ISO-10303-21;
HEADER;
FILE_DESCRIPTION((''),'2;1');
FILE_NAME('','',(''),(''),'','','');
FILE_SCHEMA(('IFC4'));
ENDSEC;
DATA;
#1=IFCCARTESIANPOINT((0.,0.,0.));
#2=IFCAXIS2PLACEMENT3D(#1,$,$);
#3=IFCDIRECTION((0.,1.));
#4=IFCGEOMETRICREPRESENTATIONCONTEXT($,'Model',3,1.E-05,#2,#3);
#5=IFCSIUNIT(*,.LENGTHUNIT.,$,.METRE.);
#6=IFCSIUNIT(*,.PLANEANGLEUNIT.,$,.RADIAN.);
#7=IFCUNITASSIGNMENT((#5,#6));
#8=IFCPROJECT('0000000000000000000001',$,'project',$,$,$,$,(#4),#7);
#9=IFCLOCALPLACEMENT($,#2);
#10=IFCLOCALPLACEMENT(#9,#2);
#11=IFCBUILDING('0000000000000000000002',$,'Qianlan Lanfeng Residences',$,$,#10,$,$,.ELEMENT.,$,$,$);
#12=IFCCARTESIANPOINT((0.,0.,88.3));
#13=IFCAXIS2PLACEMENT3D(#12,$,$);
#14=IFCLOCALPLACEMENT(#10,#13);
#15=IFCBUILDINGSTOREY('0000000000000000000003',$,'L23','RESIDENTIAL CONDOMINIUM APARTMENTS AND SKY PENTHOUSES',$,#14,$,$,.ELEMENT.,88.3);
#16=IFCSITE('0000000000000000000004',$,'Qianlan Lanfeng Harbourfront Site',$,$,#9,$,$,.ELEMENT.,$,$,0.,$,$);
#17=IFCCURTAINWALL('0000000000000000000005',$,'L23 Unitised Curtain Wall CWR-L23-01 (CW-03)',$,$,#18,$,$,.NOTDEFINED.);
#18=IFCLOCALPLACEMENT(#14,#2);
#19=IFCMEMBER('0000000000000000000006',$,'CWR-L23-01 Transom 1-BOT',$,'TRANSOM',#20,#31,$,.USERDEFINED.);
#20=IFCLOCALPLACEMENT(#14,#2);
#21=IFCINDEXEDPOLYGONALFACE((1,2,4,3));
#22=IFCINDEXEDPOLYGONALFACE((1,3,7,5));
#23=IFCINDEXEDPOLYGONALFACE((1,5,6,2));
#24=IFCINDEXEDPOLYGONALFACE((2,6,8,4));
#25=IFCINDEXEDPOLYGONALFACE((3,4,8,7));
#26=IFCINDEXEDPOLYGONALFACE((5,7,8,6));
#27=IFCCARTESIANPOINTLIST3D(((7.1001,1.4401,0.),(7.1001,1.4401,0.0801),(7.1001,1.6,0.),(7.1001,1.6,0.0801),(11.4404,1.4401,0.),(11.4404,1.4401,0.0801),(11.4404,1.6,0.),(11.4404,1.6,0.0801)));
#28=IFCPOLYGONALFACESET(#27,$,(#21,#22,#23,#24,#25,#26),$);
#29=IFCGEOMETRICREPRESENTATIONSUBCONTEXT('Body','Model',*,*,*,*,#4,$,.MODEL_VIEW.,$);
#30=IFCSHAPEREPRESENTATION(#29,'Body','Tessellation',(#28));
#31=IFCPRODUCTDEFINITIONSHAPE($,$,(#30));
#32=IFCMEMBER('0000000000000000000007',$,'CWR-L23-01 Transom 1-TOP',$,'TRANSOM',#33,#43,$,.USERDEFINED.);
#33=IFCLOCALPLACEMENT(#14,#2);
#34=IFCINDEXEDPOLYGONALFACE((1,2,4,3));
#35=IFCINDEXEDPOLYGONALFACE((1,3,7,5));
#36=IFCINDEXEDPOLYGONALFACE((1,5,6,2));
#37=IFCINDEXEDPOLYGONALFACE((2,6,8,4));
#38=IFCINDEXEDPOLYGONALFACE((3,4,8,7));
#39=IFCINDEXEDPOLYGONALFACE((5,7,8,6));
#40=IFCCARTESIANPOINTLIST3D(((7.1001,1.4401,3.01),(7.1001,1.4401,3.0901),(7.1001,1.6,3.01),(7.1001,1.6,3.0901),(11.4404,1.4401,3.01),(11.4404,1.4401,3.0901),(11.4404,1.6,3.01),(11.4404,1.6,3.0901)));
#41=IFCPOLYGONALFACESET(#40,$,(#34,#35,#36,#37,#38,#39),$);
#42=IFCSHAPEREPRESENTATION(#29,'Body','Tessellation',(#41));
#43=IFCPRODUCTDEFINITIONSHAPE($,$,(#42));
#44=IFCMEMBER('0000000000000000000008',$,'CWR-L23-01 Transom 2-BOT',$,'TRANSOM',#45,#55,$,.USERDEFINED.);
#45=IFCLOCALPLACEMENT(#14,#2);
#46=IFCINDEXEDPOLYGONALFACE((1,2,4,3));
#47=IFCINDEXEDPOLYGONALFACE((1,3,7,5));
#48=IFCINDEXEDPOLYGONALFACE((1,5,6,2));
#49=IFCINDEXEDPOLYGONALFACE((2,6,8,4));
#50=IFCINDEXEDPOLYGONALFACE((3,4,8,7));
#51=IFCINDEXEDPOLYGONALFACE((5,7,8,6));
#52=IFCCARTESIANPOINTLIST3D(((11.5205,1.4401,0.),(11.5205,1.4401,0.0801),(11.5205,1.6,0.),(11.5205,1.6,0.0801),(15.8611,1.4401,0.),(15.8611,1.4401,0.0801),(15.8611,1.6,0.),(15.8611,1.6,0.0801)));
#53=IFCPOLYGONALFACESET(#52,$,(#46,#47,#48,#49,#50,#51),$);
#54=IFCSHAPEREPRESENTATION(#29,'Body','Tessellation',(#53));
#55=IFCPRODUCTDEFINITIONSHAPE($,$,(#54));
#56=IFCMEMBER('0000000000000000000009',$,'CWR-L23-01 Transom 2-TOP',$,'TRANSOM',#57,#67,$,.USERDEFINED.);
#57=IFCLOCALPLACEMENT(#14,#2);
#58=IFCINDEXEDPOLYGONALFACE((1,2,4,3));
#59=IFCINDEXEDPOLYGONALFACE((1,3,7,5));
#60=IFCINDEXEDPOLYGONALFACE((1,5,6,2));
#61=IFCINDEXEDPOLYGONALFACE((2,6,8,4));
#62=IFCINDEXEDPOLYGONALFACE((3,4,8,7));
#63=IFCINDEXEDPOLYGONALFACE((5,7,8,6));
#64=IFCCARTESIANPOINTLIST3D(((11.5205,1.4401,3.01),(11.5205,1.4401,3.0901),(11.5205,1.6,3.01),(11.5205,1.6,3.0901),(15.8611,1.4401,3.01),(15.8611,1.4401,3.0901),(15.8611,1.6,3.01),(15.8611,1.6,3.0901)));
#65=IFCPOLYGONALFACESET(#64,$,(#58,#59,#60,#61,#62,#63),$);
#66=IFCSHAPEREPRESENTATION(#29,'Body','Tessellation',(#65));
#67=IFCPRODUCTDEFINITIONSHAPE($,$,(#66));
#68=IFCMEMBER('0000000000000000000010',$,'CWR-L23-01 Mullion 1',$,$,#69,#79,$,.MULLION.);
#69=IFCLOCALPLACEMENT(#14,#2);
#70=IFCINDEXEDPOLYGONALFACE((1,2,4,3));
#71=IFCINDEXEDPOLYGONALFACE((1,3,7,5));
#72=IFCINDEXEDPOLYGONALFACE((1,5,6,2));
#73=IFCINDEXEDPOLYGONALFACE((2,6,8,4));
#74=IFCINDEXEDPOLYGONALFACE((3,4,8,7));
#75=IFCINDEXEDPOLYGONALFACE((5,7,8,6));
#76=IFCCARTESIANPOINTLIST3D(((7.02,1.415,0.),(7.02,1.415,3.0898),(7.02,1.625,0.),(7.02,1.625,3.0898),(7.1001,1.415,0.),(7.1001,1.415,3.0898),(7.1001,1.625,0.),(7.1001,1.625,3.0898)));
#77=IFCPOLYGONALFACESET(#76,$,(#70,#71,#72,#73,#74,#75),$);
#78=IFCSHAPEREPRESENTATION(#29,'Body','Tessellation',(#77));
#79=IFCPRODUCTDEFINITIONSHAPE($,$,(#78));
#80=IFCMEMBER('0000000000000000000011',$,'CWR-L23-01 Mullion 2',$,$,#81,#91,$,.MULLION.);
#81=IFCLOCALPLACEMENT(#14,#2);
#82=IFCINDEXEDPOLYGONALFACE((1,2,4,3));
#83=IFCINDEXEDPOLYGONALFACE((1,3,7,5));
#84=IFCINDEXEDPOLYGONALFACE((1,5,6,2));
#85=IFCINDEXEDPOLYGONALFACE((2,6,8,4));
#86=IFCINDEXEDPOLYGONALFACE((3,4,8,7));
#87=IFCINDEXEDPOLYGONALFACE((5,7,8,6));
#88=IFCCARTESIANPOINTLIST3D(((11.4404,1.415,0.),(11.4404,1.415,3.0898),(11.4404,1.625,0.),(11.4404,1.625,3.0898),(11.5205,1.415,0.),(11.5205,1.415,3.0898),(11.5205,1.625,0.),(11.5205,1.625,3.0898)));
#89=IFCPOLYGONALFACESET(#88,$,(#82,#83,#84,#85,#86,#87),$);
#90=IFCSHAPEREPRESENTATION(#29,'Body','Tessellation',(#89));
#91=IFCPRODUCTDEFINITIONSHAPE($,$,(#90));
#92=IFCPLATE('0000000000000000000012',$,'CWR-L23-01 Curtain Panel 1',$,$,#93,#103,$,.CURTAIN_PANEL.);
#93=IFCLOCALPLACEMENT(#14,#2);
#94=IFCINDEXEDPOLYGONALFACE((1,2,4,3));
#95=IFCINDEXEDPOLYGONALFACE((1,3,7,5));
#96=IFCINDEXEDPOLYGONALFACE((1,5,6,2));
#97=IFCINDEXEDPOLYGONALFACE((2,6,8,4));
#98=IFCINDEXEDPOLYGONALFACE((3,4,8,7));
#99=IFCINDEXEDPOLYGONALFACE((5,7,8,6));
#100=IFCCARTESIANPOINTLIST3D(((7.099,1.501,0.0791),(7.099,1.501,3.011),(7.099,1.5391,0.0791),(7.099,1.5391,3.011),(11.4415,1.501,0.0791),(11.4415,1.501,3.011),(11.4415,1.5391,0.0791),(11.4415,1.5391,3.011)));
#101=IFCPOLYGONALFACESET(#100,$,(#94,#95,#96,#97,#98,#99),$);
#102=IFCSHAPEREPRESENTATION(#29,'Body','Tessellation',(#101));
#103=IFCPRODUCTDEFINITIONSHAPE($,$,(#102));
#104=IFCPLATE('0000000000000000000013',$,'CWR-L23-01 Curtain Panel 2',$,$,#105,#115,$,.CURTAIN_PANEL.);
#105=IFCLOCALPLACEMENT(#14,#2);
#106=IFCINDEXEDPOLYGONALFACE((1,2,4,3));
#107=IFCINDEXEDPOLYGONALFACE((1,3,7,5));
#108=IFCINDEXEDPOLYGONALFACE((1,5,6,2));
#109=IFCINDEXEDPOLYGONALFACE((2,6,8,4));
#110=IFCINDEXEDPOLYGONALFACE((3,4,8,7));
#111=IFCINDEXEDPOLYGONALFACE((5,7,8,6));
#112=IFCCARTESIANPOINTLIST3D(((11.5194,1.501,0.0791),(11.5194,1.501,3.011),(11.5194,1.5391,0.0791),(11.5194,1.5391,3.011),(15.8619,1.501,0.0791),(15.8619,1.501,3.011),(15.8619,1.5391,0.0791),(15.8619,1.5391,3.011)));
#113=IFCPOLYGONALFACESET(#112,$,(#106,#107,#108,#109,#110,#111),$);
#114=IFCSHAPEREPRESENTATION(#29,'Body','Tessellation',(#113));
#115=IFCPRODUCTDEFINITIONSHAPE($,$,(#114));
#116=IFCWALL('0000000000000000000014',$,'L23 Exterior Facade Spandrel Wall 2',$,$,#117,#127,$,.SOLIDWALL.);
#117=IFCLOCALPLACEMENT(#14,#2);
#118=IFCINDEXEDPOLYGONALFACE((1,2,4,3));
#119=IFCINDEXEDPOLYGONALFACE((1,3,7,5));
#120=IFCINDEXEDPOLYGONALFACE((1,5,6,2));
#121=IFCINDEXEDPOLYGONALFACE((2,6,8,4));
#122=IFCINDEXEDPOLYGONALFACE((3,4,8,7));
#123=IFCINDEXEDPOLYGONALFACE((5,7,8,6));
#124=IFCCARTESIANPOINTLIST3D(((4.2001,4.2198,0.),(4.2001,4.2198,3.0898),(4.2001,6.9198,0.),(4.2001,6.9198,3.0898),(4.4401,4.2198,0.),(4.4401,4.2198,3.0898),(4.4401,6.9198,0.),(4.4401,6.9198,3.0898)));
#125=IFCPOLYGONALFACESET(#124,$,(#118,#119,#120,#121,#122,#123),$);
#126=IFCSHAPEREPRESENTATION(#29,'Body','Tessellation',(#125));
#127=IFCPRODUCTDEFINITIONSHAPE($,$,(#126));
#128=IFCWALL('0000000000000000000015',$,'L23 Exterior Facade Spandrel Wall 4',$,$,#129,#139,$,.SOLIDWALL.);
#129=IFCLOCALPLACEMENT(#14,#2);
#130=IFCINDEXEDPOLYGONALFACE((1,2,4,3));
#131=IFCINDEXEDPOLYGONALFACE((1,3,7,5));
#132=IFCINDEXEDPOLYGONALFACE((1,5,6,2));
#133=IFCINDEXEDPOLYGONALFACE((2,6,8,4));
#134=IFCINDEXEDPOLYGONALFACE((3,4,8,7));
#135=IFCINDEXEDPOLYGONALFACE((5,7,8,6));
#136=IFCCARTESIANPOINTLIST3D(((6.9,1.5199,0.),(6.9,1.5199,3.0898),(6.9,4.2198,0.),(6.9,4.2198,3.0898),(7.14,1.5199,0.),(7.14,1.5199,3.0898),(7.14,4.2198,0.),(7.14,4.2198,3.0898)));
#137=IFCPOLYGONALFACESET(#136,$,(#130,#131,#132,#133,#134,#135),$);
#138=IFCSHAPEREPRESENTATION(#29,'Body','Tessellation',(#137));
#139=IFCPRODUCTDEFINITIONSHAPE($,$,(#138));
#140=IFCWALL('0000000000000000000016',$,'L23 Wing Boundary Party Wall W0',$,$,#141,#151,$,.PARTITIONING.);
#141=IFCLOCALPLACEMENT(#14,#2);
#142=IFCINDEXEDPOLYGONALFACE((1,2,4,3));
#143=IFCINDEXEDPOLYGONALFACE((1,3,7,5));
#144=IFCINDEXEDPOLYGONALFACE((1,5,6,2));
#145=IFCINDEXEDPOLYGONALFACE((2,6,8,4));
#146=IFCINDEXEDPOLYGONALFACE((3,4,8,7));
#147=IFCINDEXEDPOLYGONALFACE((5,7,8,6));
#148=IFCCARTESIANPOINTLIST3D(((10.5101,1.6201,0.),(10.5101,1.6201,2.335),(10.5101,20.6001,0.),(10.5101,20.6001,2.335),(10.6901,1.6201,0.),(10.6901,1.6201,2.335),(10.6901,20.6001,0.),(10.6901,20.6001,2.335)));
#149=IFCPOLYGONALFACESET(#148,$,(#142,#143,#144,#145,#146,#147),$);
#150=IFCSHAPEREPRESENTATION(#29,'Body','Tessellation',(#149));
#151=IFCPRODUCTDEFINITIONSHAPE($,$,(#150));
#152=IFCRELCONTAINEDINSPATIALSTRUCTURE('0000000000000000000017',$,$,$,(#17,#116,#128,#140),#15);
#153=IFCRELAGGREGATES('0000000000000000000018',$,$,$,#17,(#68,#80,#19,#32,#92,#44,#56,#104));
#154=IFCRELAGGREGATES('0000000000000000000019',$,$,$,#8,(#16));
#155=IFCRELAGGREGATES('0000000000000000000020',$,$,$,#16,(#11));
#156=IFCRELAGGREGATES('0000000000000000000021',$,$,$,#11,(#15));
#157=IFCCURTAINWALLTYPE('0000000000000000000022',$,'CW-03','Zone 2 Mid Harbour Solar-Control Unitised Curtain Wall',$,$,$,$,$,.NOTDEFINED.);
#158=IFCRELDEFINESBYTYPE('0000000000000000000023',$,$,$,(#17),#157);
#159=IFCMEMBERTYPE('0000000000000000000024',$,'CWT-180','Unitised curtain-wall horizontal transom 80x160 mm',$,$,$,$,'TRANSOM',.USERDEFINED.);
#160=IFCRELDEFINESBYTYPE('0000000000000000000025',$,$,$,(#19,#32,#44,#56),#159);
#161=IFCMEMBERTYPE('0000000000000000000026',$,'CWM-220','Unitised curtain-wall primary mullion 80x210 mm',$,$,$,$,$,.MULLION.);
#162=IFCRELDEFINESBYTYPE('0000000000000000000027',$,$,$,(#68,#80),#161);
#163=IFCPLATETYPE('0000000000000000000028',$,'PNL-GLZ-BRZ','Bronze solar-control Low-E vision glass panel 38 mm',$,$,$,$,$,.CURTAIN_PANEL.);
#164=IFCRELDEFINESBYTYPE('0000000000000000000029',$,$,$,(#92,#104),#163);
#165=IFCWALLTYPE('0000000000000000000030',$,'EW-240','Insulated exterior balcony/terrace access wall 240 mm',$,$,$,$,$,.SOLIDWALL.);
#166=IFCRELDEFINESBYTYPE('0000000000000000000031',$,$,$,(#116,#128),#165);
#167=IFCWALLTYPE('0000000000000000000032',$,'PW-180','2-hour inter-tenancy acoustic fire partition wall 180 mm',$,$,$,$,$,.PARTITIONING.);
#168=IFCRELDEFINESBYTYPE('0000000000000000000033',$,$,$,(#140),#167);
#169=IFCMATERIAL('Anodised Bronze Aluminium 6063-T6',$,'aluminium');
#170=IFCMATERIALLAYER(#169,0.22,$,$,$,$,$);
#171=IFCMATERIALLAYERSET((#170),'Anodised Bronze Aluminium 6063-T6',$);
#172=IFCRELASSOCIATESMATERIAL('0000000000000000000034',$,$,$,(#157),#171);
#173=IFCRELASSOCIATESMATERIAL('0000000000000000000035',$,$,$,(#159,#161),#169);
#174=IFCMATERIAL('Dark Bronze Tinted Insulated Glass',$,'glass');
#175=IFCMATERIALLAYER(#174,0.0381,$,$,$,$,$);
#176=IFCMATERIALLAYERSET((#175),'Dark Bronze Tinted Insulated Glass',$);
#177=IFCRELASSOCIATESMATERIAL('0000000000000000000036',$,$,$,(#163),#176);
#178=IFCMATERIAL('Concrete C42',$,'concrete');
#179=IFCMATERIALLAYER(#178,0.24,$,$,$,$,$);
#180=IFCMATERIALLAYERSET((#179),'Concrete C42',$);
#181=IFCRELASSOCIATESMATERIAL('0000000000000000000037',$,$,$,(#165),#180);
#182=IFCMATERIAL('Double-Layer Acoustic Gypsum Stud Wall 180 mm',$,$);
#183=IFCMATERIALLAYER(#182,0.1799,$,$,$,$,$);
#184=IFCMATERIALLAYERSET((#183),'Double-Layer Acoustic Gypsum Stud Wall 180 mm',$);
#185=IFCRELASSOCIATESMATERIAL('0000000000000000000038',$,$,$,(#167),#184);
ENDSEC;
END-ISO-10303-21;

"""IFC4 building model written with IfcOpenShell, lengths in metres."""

from ifc_helpers import new_model, si_unit, direction, frame, frame_2d, origin, origin_2d, place, context, subcontext, project, spatial, rectangle, extrude, source, transform, mapped, material, layer, layer_set, material_profile, profile_set, type_object, element, aggregate, save


model = new_model("IFC4")

# Units and contexts
model_context = context("Model", 3, precision=1e-05, world=origin(), true_north=direction((0.0, 1.0)))
body_context = subcontext(model_context, "Body", "Model", "MODEL_VIEW")
ifc_project = project(units=[si_unit("LENGTHUNIT", "METRE"), si_unit("PLANEANGLEUNIT", "RADIAN")], contexts=[model_context])

# Site, building, storey
site_placement = place(None, origin())
site = spatial("IfcSite", under=ifc_project, at=site_placement, Name="Qianlan Lanfeng Harbourfront Site", CompositionType="ELEMENT", RefElevation=0.0)
building_placement = place(site_placement, origin())
building = spatial("IfcBuilding", under=site, at=building_placement, Name="Qianlan Lanfeng Residences", CompositionType="ELEMENT")
storey_placement = place(building_placement, frame((0.0, 0.0, 88.3)))
storey = spatial("IfcBuildingStorey", under=building, at=storey_placement, Name="L23", Description="RESIDENTIAL CONDOMINIUM APARTMENTS AND SKY PENTHOUSES", CompositionType="ELEMENT", Elevation=88.3)

# Curtain wall, members, plates
ifc_material_1 = material(Name="Anodised Bronze Aluminium 6063-T6", Category="aluminium")
ifc_layer_1 = layer(ifc_material_1, 0.22)
ifc_layer_set_1 = layer_set([ifc_layer_1], Name="Anodised Bronze Aluminium 6063-T6")
curtain_wall_type = type_object("IfcCurtainWallType", Name="CW-03", Description="Zone 2 Mid Harbour Solar-Control Unitised Curtain Wall", PredefinedType="NOTDEFINED", material=ifc_layer_set_1)
curtain_wall_placement = place(storey_placement, origin())
curtain_wall = element("IfcCurtainWall", 1, at=curtain_wall_placement, inside=storey, type_object=curtain_wall_type, Name="L23 Unitised Curtain Wall CWR-L23-01 (CW-03)", PredefinedType="NOTDEFINED")
ifc_material_profile_1 = material_profile(ifc_material_1, rectangle(XDim=0.0801, YDim=0.1599, at=origin_2d()), Name="ALU TRANSOM 80x160")
ifc_profile_set_1 = profile_set([ifc_material_profile_1], Name="Anodised Bronze Aluminium 6063-T6")
member_type_1 = type_object("IfcMemberType", Name="CWT-180", Description="Unitised curtain-wall horizontal transom 80x160 mm", ElementType="TRANSOM", PredefinedType="USERDEFINED", material=ifc_profile_set_1)
shared_shape_1 = source(origin(), body_context, "Body", "SweptSolid", [
    extrude(rectangle(XDim=0.0801, YDim=0.1599, at=origin_2d()), origin(), (0.0, 0.0, 1.0), 4.3403),
])
member_1_placement = place(storey_placement, frame((7.1001, 1.52, 0.04), z_axis=(1.0, 0.0, 0.0), x_axis=(0.0, 0.0, 1.0)))
member_1 = element("IfcMember", 2, at=member_1_placement, type_object=member_type_1, Name="CWR-L23-01 Transom 1-BOT", ObjectType="TRANSOM", PredefinedType="USERDEFINED", context=body_context, shape_type="MappedRepresentation", body=[
    mapped(shared_shape_1, transform((0.0, 0.0, 0.0), scale=1.0)),
])
member_2_placement = place(storey_placement, frame((7.1001, 1.52, 3.05), z_axis=(1.0, 0.0, 0.0), x_axis=(0.0, 0.0, 1.0)))
member_2 = element("IfcMember", 3, at=member_2_placement, type_object=member_type_1, Name="CWR-L23-01 Transom 1-TOP", ObjectType="TRANSOM", PredefinedType="USERDEFINED", context=body_context, shape_type="MappedRepresentation", body=[
    mapped(shared_shape_1, transform((0.0, 0.0, 0.0), scale=1.0)),
])
shared_shape_2 = source(origin(), body_context, "Body", "SweptSolid", [
    extrude(rectangle(XDim=0.0801, YDim=0.1599, at=origin_2d()), origin(), (0.0, 0.0, 1.0), 4.3406),
])
member_3_placement = place(storey_placement, frame((11.5205, 1.52, 0.04), z_axis=(1.0, 0.0, 0.0), x_axis=(0.0, 0.0, 1.0)))
member_3 = element("IfcMember", 4, at=member_3_placement, type_object=member_type_1, Name="CWR-L23-01 Transom 2-BOT", ObjectType="TRANSOM", PredefinedType="USERDEFINED", context=body_context, shape_type="MappedRepresentation", body=[
    mapped(shared_shape_2, transform((0.0, 0.0, 0.0), scale=1.0)),
])
member_4_placement = place(storey_placement, frame((11.5205, 1.52, 3.05), z_axis=(1.0, 0.0, 0.0), x_axis=(0.0, 0.0, 1.0)))
member_4 = element("IfcMember", 5, at=member_4_placement, type_object=member_type_1, Name="CWR-L23-01 Transom 2-TOP", ObjectType="TRANSOM", PredefinedType="USERDEFINED", context=body_context, shape_type="MappedRepresentation", body=[
    mapped(shared_shape_2, transform((0.0, 0.0, 0.0), scale=1.0)),
])
ifc_material_profile_2 = material_profile(ifc_material_1, rectangle(XDim=0.0801, YDim=0.21, at=origin_2d()), Name="ALU MULLION 80x210")
ifc_profile_set_2 = profile_set([ifc_material_profile_2], Name="Anodised Bronze Aluminium 6063-T6")
member_type_2 = type_object("IfcMemberType", Name="CWM-220", Description="Unitised curtain-wall primary mullion 80x210 mm", PredefinedType="MULLION", material=ifc_profile_set_2)
shared_shape_3 = source(origin(), body_context, "Body", "SweptSolid", [
    extrude(rectangle(XDim=0.0801, YDim=0.21, at=origin_2d()), origin(), (0.0, 0.0, 1.0), 3.0898),
])
member_5_placement = place(storey_placement, frame((7.0601, 1.52, 0.0), z_axis=(0.0, 0.0, 1.0), x_axis=(1.0, 0.0, 0.0)))
member_5 = element("IfcMember", 6, at=member_5_placement, type_object=member_type_2, Name="CWR-L23-01 Mullion 1", PredefinedType="MULLION", context=body_context, shape_type="MappedRepresentation", body=[
    mapped(shared_shape_3, transform((0.0, 0.0, 0.0), scale=1.0)),
])
member_6_placement = place(storey_placement, frame((11.4805, 1.52, 0.0), z_axis=(0.0, 0.0, 1.0), x_axis=(1.0, 0.0, 0.0)))
member_6 = element("IfcMember", 7, at=member_6_placement, type_object=member_type_2, Name="CWR-L23-01 Mullion 2", PredefinedType="MULLION", context=body_context, shape_type="MappedRepresentation", body=[
    mapped(shared_shape_3, transform((0.0, 0.0, 0.0), scale=1.0)),
])
ifc_material_2 = material(Name="Dark Bronze Tinted Insulated Glass", Category="glass")
ifc_layer_2 = layer(ifc_material_2, 0.0381)
ifc_layer_set_2 = layer_set([ifc_layer_2], Name="Dark Bronze Tinted Insulated Glass")
plate_type = type_object("IfcPlateType", Name="PNL-GLZ-BRZ", Description="Bronze solar-control Low-E vision glass panel 38 mm", PredefinedType="CURTAIN_PANEL", material=ifc_layer_set_2)
shared_shape_4 = source(origin(), body_context, "Body", "SweptSolid", [
    extrude(rectangle(XDim=4.3425, YDim=0.0381, at=origin_2d()), origin(), (0.0, 0.0, 1.0), 2.9319),
])
plate_1_placement = place(storey_placement, frame((9.2703, 1.52, 0.0791), z_axis=(0.0, 0.0, 1.0), x_axis=(1.0, 0.0, 0.0)))
plate_1 = element("IfcPlate", 8, at=plate_1_placement, type_object=plate_type, Name="CWR-L23-01 Curtain Panel 1", PredefinedType="CURTAIN_PANEL", context=body_context, shape_type="MappedRepresentation", body=[
    mapped(shared_shape_4, transform((0.0, 0.0, 0.0), scale=1.0)),
])
plate_2_placement = place(storey_placement, frame((13.6907, 1.52, 0.0791), z_axis=(0.0, 0.0, 1.0), x_axis=(1.0, 0.0, 0.0)))
plate_2 = element("IfcPlate", 9, at=plate_2_placement, type_object=plate_type, Name="CWR-L23-01 Curtain Panel 2", PredefinedType="CURTAIN_PANEL", context=body_context, shape_type="MappedRepresentation", body=[
    mapped(shared_shape_4, transform((0.0, 0.0, 0.0), scale=1.0)),
])
aggregate(curtain_wall, [member_5, member_6, member_1, member_2, plate_1, member_3, member_4, plate_2])

# Walls
ifc_material_3 = material(Name="Concrete C42", Category="concrete")
ifc_layer_3 = layer(ifc_material_3, 0.24)
ifc_layer_set_3 = layer_set([ifc_layer_3], Name="Concrete C42")
wall_type_1 = type_object("IfcWallType", Name="EW-240", Description="Insulated exterior balcony/terrace access wall 240 mm", PredefinedType="SOLIDWALL", material=ifc_layer_set_3)
for number, where, z_axis, x_axis, name in (
    (10, (4.3201, 6.9199, 0.0), (0.0, 0.0, 1.0), (0.0, -1.0, 0.0), "L23 Exterior Facade Spandrel Wall 2"),
    (11, (7.02, 4.22, 0.0), (0.0, 0.0, 1.0), (0.0, -1.0, 0.0), "L23 Exterior Facade Spandrel Wall 4"),
):
    element("IfcWall", number, at=place(storey_placement, frame(where, z_axis=z_axis, x_axis=x_axis)), inside=storey, type_object=wall_type_1, Name=name, PredefinedType="SOLIDWALL", context=body_context, shape_type="SweptSolid", body=[
        extrude(rectangle(XDim=2.7, YDim=0.24, at=frame_2d((1.3501, 0.0))), origin(), (0.0, 0.0, 1.0), 3.0898),
    ])
ifc_material_4 = material(Name="Double-Layer Acoustic Gypsum Stud Wall 180 mm")
ifc_layer_4 = layer(ifc_material_4, 0.1799)
ifc_layer_set_4 = layer_set([ifc_layer_4], Name="Double-Layer Acoustic Gypsum Stud Wall 180 mm")
wall_type_2 = type_object("IfcWallType", Name="PW-180", Description="2-hour inter-tenancy acoustic fire partition wall 180 mm", PredefinedType="PARTITIONING", material=ifc_layer_set_4)
wall_placement = place(storey_placement, frame((10.6001, 1.6201, 0.0), z_axis=(0.0, 0.0, 1.0), x_axis=(0.0, 1.0, 0.0)))
element("IfcWall", 12, at=wall_placement, inside=storey, type_object=wall_type_2, Name="L23 Wing Boundary Party Wall W0", PredefinedType="PARTITIONING", context=body_context, shape_type="SweptSolid", body=[
    extrude(rectangle(XDim=18.98, YDim=0.1799, at=frame_2d((9.49, 0.0))), origin(), (0.0, 0.0, 1.0), 2.335),
])

save(model, "model.ifc")
